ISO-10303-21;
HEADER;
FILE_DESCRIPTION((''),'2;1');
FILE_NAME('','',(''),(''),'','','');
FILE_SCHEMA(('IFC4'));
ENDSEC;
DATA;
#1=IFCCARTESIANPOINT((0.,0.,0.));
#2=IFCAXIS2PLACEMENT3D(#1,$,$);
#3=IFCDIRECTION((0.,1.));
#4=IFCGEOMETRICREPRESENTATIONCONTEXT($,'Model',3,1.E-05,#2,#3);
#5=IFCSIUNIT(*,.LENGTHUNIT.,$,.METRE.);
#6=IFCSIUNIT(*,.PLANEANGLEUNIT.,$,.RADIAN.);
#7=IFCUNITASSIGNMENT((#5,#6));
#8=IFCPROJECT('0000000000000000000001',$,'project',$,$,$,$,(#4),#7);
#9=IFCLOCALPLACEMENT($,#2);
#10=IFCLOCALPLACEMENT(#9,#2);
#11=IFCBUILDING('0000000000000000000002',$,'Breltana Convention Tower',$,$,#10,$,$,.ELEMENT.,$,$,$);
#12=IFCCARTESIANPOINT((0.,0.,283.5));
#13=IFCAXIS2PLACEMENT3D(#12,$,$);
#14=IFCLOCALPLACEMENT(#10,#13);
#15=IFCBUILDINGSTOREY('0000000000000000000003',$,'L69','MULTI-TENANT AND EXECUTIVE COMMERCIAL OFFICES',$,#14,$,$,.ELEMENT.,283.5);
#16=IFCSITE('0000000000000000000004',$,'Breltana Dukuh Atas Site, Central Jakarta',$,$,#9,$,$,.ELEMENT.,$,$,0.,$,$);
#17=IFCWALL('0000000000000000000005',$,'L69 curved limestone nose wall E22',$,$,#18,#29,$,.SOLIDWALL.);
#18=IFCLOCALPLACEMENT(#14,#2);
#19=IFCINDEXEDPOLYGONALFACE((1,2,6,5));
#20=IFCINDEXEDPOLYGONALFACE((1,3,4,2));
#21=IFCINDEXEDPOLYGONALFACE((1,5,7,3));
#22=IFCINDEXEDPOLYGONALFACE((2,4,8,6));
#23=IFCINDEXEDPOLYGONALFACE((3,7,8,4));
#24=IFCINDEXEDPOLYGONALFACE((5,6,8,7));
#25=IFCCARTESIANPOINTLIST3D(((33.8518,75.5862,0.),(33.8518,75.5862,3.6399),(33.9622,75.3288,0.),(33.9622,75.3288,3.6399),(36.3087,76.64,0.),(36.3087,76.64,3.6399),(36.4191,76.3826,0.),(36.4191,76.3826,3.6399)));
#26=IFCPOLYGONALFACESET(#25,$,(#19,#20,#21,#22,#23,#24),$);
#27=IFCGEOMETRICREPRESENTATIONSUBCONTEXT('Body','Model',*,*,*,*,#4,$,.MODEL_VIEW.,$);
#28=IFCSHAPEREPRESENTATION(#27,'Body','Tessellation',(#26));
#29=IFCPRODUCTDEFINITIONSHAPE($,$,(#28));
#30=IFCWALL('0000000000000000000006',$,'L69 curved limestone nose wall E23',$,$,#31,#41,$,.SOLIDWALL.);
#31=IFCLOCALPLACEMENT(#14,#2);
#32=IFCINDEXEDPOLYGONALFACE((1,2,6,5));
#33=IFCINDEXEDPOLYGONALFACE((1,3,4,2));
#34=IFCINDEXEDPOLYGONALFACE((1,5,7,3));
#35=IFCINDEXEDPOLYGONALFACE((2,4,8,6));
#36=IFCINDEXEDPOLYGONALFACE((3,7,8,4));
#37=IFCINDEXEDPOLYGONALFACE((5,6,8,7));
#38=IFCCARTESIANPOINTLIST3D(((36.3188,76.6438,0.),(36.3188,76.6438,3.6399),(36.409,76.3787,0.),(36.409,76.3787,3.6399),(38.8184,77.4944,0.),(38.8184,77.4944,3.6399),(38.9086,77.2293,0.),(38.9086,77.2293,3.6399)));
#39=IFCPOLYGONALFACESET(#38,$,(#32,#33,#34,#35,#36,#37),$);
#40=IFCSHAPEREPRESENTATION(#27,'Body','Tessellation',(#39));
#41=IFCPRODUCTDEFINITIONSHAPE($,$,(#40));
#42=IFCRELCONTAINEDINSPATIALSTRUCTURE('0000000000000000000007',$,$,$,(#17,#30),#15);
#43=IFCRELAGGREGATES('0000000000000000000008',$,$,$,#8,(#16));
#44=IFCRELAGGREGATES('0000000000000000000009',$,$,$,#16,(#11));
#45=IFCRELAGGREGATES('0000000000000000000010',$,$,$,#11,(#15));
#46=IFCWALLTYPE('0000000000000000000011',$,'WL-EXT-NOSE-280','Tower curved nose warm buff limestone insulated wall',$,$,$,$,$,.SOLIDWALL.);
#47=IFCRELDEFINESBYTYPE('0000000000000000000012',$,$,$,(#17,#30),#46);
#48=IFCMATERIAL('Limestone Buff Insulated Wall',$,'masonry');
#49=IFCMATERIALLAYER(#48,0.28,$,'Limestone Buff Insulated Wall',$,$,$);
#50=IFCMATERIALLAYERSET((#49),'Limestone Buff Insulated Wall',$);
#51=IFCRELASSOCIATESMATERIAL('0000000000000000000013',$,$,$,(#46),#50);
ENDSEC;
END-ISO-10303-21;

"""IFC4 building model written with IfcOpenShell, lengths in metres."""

from ifc_helpers import new_model, si_unit, direction, frame, frame_2d, origin, place, context, subcontext, project, spatial, rectangle, extrude, source, transform, mapped, material, layer, layer_set, type_object, element, save


model = new_model("IFC4")

# Units and contexts
model_context = context("Model", 3, precision=1e-05, world=origin(), true_north=direction((0.0, 1.0)))
body_context = subcontext(model_context, "Body", "Model", "MODEL_VIEW")
ifc_project = project(units=[si_unit("LENGTHUNIT", "METRE"), si_unit("PLANEANGLEUNIT", "RADIAN")], contexts=[model_context])

# Site, building, storey
site_placement = place(None, origin())
site = spatial("IfcSite", under=ifc_project, at=site_placement, Name="Breltana Dukuh Atas Site, Central Jakarta", CompositionType="ELEMENT", RefElevation=0.0)
building_placement = place(site_placement, origin())
building = spatial("IfcBuilding", under=site, at=building_placement, Name="Breltana Convention Tower", CompositionType="ELEMENT")
storey_placement = place(building_placement, frame((0.0, 0.0, 283.5)))
storey = spatial("IfcBuildingStorey", under=building, at=storey_placement, Name="L69", Description="MULTI-TENANT AND EXECUTIVE COMMERCIAL OFFICES", CompositionType="ELEMENT", Elevation=283.5)

# Walls
ifc_material_1 = material(Name="Limestone Buff Insulated Wall", Category="masonry")
ifc_layer_1 = layer(ifc_material_1, 0.28, Name="Limestone Buff Insulated Wall")
ifc_layer_set_1 = layer_set([ifc_layer_1], Name="Limestone Buff Insulated Wall")
wall_type = type_object("IfcWallType", Name="WL-EXT-NOSE-280", Description="Tower curved nose warm buff limestone insulated wall", PredefinedType="SOLIDWALL", material=ifc_layer_set_1)
shared_shape_1 = source(origin(), body_context, "Body", "SweptSolid", [
    extrude(rectangle(XDim=2.6733, YDim=0.28, at=frame_2d((1.3367, 0.0))), origin(), (0.0, 0.0, 1.0), 3.6399),
])
wall_1_placement = place(storey_placement, frame((33.907, 75.4575, 0.0), z_axis=(0.0, 0.0, 1.0), x_axis=(0.919036, 0.394173, 0.0)))
element("IfcWall", 1, at=wall_1_placement, inside=storey, type_object=wall_type, Name="L69 curved limestone nose wall E22", PredefinedType="SOLIDWALL", context=body_context, shape_type="MappedRepresentation", body=[
    mapped(shared_shape_1, transform((0.0, 0.0, 0.0), scale=1.0)),
])
shared_shape_2 = source(origin(), body_context, "Body", "SweptSolid", [
    extrude(rectangle(XDim=2.6404, YDim=0.28, at=frame_2d((1.3203, 0.0))), origin(), (0.0, 0.0, 1.0), 3.6399),
])
wall_2_placement = place(storey_placement, frame((36.3638, 76.5112, 0.0), z_axis=(0.0, 0.0, 1.0), x_axis=(0.946686, 0.322158, 0.0)))
element("IfcWall", 2, at=wall_2_placement, inside=storey, type_object=wall_type, Name="L69 curved limestone nose wall E23", PredefinedType="SOLIDWALL", context=body_context, shape_type="MappedRepresentation", body=[
    mapped(shared_shape_2, transform((0.0, 0.0, 0.0), scale=1.0)),
])

save(model, "model.ifc")
